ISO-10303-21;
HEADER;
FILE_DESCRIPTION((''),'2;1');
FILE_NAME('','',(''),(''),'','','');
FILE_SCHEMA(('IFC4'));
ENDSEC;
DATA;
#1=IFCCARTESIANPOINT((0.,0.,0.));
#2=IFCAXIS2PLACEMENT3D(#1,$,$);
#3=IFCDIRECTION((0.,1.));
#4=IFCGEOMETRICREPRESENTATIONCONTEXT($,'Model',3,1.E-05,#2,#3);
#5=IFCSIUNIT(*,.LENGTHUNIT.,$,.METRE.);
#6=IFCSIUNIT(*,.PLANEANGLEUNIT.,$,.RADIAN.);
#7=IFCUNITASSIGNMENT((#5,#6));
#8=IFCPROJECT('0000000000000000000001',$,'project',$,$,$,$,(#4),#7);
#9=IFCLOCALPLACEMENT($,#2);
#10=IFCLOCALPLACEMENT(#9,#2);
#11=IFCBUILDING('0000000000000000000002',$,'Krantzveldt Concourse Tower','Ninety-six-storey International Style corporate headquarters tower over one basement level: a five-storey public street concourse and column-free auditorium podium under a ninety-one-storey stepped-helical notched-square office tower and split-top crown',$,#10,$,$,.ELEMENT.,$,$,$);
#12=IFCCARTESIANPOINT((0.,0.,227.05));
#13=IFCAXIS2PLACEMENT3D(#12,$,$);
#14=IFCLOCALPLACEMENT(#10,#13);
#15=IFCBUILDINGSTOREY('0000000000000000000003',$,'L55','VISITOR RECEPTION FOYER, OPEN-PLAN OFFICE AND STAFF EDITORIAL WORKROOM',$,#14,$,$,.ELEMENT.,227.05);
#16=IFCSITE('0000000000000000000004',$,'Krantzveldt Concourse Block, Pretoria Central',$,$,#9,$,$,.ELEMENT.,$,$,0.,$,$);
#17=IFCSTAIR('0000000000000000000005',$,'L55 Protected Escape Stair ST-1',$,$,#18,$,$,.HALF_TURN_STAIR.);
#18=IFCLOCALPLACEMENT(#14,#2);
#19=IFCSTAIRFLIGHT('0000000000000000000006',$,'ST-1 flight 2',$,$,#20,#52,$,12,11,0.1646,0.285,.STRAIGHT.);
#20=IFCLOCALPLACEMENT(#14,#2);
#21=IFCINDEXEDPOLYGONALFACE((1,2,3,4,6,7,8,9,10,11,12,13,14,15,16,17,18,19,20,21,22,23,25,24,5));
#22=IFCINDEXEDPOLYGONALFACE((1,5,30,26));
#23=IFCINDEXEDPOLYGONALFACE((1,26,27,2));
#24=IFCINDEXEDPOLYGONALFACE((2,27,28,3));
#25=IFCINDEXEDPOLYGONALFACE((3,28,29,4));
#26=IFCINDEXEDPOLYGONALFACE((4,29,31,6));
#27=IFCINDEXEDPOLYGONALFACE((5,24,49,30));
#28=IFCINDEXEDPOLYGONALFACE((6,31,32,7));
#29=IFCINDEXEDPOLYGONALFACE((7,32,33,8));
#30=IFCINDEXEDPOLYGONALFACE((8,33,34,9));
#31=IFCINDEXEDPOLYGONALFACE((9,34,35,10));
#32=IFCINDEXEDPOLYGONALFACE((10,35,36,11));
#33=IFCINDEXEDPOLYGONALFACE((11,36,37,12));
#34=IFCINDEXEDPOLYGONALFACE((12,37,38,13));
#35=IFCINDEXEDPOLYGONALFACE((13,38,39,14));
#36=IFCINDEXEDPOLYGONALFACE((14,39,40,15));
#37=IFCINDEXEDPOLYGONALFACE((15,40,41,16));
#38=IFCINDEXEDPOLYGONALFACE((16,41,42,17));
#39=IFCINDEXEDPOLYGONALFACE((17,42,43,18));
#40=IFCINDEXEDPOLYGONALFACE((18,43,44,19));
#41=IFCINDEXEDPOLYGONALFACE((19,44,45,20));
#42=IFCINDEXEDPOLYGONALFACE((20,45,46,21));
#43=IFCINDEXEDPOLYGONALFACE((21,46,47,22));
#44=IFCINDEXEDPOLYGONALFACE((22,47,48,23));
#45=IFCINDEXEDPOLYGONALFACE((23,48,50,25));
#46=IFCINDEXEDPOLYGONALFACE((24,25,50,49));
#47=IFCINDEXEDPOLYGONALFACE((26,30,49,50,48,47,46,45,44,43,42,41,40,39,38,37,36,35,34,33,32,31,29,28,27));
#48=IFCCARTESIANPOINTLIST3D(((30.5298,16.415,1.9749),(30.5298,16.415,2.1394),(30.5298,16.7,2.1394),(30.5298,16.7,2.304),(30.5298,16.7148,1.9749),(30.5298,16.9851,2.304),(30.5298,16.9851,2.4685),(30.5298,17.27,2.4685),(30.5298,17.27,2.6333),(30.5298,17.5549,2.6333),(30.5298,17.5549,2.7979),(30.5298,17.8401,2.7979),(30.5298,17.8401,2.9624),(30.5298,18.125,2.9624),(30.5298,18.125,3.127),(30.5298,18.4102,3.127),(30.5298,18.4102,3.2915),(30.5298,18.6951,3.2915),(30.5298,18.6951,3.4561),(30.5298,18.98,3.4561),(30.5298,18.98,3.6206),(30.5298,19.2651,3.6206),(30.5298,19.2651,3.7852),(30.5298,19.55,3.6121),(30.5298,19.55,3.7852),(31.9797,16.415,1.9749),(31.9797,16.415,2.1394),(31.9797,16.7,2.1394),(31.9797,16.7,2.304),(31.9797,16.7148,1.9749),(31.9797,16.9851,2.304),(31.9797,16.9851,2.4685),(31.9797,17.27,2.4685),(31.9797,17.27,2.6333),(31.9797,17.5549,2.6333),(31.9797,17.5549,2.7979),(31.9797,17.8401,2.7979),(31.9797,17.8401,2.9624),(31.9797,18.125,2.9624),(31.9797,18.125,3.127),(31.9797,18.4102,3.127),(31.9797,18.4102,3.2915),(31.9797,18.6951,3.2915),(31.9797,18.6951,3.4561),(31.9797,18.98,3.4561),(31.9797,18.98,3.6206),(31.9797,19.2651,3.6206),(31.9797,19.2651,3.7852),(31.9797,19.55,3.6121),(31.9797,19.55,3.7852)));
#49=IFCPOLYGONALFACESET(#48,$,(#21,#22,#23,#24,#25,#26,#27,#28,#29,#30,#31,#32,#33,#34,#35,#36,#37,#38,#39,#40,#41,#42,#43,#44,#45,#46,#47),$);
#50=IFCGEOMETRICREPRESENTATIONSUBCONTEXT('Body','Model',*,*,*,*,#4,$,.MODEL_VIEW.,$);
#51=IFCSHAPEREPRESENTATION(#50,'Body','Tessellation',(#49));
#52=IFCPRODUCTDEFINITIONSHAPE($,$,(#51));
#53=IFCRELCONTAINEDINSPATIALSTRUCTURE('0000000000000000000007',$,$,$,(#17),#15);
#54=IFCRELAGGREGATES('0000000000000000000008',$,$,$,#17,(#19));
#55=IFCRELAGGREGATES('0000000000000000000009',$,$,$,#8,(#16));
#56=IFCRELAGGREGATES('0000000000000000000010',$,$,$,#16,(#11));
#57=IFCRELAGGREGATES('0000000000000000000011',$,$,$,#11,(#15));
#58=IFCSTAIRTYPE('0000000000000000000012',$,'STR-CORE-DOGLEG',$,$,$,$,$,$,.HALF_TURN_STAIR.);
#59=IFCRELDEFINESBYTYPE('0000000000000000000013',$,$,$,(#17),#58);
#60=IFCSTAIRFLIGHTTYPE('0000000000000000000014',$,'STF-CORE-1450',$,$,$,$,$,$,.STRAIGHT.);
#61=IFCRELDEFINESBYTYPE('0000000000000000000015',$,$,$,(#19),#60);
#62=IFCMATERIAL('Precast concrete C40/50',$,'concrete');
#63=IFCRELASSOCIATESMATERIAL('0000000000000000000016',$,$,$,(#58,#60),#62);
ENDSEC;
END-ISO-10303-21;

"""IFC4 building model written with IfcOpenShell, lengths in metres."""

from ifc_helpers import new_model, si_unit, direction, frame, origin, place, context, subcontext, project, spatial, polyline, outline, extrude, material, type_object, element, aggregate, save


model = new_model("IFC4")

# Units and contexts
model_context = context("Model", 3, precision=1e-05, world=origin(), true_north=direction((0.0, 1.0)))
body_context = subcontext(model_context, "Body", "Model", "MODEL_VIEW")
ifc_project = project(units=[si_unit("LENGTHUNIT", "METRE"), si_unit("PLANEANGLEUNIT", "RADIAN")], contexts=[model_context])

# Site, building, storey
site_placement = place(None, origin())
site = spatial("IfcSite", under=ifc_project, at=site_placement, Name="Krantzveldt Concourse Block, Pretoria Central", CompositionType="ELEMENT", RefElevation=0.0)
building_placement = place(site_placement, origin())
building = spatial("IfcBuilding", under=site, at=building_placement, Name="Krantzveldt Concourse Tower", Description="Ninety-six-storey International Style corporate headquarters tower over one basement level: a five-storey public street concourse and column-free auditorium podium under a ninety-one-storey stepped-helical notched-square office tower and split-top crown", CompositionType="ELEMENT")
storey_placement = place(building_placement, frame((0.0, 0.0, 227.05)))
storey = spatial("IfcBuildingStorey", under=building, at=storey_placement, Name="L55", Description="VISITOR RECEPTION FOYER, OPEN-PLAN OFFICE AND STAFF EDITORIAL WORKROOM", CompositionType="ELEMENT", Elevation=227.05)

# Stair, stair flight
ifc_material_1 = material(Name="Precast concrete C40/50", Category="concrete")
stair_type = type_object("IfcStairType", Name="STR-CORE-DOGLEG", PredefinedType="HALF_TURN_STAIR", material=ifc_material_1)
stair_placement = place(storey_placement, origin())
stair = element("IfcStair", 1, at=stair_placement, inside=storey, type_object=stair_type, Name="L55 Protected Escape Stair ST-1", PredefinedType="HALF_TURN_STAIR")
stair_flight_type = type_object("IfcStairFlightType", Name="STF-CORE-1450", PredefinedType="STRAIGHT", material=ifc_material_1)
stair_flight_1_placement = place(storey_placement, frame((31.2549, 16.415, 1.9749), z_axis=(0.0, 0.0, 1.0), x_axis=(0.0, 1.0, 0.0)))
stair_flight_1 = element("IfcStairFlight", 2, at=stair_flight_1_placement, type_object=stair_flight_type, Name="ST-1 flight 2", NumberOfRisers=12, NumberOfTreads=11, PredefinedType="STRAIGHT", RiserHeight=0.1646, TreadLength=0.285, context=body_context, shape_type="SweptSolid", body=[
    extrude(outline(polyline([(0.0, 0.0), (0.0, 0.1646), (0.2849, 0.1646), (0.2849, 0.3291), (0.5701, 0.3291), (0.5701, 0.4937), (0.855, 0.4937), (0.855, 0.6584), (1.1399, 0.6584), (1.1399, 0.823), (1.425, 0.823), (1.425, 0.9875), (1.71, 0.9875), (1.71, 1.1521), (1.9951, 1.1521), (1.9951, 1.3167), (2.28, 1.3167), (2.28, 1.4812), (2.5649, 1.4812), (2.5649, 1.6458), (2.8501, 1.6458), (2.8501, 1.8103), (3.135, 1.8103), (3.135, 1.9751), (3.135, 1.6372), (0.2998, 0.0), (0.0, 0.0)])), frame((0.0, 0.7251, 0.0), z_axis=(0.0, -1.0, 0.0), x_axis=(1.0, 0.0, 0.0)), (0.0, 0.0, 1.0), 1.45),
])
aggregate(stair, [stair_flight_1])

save(model, "model.ifc")
